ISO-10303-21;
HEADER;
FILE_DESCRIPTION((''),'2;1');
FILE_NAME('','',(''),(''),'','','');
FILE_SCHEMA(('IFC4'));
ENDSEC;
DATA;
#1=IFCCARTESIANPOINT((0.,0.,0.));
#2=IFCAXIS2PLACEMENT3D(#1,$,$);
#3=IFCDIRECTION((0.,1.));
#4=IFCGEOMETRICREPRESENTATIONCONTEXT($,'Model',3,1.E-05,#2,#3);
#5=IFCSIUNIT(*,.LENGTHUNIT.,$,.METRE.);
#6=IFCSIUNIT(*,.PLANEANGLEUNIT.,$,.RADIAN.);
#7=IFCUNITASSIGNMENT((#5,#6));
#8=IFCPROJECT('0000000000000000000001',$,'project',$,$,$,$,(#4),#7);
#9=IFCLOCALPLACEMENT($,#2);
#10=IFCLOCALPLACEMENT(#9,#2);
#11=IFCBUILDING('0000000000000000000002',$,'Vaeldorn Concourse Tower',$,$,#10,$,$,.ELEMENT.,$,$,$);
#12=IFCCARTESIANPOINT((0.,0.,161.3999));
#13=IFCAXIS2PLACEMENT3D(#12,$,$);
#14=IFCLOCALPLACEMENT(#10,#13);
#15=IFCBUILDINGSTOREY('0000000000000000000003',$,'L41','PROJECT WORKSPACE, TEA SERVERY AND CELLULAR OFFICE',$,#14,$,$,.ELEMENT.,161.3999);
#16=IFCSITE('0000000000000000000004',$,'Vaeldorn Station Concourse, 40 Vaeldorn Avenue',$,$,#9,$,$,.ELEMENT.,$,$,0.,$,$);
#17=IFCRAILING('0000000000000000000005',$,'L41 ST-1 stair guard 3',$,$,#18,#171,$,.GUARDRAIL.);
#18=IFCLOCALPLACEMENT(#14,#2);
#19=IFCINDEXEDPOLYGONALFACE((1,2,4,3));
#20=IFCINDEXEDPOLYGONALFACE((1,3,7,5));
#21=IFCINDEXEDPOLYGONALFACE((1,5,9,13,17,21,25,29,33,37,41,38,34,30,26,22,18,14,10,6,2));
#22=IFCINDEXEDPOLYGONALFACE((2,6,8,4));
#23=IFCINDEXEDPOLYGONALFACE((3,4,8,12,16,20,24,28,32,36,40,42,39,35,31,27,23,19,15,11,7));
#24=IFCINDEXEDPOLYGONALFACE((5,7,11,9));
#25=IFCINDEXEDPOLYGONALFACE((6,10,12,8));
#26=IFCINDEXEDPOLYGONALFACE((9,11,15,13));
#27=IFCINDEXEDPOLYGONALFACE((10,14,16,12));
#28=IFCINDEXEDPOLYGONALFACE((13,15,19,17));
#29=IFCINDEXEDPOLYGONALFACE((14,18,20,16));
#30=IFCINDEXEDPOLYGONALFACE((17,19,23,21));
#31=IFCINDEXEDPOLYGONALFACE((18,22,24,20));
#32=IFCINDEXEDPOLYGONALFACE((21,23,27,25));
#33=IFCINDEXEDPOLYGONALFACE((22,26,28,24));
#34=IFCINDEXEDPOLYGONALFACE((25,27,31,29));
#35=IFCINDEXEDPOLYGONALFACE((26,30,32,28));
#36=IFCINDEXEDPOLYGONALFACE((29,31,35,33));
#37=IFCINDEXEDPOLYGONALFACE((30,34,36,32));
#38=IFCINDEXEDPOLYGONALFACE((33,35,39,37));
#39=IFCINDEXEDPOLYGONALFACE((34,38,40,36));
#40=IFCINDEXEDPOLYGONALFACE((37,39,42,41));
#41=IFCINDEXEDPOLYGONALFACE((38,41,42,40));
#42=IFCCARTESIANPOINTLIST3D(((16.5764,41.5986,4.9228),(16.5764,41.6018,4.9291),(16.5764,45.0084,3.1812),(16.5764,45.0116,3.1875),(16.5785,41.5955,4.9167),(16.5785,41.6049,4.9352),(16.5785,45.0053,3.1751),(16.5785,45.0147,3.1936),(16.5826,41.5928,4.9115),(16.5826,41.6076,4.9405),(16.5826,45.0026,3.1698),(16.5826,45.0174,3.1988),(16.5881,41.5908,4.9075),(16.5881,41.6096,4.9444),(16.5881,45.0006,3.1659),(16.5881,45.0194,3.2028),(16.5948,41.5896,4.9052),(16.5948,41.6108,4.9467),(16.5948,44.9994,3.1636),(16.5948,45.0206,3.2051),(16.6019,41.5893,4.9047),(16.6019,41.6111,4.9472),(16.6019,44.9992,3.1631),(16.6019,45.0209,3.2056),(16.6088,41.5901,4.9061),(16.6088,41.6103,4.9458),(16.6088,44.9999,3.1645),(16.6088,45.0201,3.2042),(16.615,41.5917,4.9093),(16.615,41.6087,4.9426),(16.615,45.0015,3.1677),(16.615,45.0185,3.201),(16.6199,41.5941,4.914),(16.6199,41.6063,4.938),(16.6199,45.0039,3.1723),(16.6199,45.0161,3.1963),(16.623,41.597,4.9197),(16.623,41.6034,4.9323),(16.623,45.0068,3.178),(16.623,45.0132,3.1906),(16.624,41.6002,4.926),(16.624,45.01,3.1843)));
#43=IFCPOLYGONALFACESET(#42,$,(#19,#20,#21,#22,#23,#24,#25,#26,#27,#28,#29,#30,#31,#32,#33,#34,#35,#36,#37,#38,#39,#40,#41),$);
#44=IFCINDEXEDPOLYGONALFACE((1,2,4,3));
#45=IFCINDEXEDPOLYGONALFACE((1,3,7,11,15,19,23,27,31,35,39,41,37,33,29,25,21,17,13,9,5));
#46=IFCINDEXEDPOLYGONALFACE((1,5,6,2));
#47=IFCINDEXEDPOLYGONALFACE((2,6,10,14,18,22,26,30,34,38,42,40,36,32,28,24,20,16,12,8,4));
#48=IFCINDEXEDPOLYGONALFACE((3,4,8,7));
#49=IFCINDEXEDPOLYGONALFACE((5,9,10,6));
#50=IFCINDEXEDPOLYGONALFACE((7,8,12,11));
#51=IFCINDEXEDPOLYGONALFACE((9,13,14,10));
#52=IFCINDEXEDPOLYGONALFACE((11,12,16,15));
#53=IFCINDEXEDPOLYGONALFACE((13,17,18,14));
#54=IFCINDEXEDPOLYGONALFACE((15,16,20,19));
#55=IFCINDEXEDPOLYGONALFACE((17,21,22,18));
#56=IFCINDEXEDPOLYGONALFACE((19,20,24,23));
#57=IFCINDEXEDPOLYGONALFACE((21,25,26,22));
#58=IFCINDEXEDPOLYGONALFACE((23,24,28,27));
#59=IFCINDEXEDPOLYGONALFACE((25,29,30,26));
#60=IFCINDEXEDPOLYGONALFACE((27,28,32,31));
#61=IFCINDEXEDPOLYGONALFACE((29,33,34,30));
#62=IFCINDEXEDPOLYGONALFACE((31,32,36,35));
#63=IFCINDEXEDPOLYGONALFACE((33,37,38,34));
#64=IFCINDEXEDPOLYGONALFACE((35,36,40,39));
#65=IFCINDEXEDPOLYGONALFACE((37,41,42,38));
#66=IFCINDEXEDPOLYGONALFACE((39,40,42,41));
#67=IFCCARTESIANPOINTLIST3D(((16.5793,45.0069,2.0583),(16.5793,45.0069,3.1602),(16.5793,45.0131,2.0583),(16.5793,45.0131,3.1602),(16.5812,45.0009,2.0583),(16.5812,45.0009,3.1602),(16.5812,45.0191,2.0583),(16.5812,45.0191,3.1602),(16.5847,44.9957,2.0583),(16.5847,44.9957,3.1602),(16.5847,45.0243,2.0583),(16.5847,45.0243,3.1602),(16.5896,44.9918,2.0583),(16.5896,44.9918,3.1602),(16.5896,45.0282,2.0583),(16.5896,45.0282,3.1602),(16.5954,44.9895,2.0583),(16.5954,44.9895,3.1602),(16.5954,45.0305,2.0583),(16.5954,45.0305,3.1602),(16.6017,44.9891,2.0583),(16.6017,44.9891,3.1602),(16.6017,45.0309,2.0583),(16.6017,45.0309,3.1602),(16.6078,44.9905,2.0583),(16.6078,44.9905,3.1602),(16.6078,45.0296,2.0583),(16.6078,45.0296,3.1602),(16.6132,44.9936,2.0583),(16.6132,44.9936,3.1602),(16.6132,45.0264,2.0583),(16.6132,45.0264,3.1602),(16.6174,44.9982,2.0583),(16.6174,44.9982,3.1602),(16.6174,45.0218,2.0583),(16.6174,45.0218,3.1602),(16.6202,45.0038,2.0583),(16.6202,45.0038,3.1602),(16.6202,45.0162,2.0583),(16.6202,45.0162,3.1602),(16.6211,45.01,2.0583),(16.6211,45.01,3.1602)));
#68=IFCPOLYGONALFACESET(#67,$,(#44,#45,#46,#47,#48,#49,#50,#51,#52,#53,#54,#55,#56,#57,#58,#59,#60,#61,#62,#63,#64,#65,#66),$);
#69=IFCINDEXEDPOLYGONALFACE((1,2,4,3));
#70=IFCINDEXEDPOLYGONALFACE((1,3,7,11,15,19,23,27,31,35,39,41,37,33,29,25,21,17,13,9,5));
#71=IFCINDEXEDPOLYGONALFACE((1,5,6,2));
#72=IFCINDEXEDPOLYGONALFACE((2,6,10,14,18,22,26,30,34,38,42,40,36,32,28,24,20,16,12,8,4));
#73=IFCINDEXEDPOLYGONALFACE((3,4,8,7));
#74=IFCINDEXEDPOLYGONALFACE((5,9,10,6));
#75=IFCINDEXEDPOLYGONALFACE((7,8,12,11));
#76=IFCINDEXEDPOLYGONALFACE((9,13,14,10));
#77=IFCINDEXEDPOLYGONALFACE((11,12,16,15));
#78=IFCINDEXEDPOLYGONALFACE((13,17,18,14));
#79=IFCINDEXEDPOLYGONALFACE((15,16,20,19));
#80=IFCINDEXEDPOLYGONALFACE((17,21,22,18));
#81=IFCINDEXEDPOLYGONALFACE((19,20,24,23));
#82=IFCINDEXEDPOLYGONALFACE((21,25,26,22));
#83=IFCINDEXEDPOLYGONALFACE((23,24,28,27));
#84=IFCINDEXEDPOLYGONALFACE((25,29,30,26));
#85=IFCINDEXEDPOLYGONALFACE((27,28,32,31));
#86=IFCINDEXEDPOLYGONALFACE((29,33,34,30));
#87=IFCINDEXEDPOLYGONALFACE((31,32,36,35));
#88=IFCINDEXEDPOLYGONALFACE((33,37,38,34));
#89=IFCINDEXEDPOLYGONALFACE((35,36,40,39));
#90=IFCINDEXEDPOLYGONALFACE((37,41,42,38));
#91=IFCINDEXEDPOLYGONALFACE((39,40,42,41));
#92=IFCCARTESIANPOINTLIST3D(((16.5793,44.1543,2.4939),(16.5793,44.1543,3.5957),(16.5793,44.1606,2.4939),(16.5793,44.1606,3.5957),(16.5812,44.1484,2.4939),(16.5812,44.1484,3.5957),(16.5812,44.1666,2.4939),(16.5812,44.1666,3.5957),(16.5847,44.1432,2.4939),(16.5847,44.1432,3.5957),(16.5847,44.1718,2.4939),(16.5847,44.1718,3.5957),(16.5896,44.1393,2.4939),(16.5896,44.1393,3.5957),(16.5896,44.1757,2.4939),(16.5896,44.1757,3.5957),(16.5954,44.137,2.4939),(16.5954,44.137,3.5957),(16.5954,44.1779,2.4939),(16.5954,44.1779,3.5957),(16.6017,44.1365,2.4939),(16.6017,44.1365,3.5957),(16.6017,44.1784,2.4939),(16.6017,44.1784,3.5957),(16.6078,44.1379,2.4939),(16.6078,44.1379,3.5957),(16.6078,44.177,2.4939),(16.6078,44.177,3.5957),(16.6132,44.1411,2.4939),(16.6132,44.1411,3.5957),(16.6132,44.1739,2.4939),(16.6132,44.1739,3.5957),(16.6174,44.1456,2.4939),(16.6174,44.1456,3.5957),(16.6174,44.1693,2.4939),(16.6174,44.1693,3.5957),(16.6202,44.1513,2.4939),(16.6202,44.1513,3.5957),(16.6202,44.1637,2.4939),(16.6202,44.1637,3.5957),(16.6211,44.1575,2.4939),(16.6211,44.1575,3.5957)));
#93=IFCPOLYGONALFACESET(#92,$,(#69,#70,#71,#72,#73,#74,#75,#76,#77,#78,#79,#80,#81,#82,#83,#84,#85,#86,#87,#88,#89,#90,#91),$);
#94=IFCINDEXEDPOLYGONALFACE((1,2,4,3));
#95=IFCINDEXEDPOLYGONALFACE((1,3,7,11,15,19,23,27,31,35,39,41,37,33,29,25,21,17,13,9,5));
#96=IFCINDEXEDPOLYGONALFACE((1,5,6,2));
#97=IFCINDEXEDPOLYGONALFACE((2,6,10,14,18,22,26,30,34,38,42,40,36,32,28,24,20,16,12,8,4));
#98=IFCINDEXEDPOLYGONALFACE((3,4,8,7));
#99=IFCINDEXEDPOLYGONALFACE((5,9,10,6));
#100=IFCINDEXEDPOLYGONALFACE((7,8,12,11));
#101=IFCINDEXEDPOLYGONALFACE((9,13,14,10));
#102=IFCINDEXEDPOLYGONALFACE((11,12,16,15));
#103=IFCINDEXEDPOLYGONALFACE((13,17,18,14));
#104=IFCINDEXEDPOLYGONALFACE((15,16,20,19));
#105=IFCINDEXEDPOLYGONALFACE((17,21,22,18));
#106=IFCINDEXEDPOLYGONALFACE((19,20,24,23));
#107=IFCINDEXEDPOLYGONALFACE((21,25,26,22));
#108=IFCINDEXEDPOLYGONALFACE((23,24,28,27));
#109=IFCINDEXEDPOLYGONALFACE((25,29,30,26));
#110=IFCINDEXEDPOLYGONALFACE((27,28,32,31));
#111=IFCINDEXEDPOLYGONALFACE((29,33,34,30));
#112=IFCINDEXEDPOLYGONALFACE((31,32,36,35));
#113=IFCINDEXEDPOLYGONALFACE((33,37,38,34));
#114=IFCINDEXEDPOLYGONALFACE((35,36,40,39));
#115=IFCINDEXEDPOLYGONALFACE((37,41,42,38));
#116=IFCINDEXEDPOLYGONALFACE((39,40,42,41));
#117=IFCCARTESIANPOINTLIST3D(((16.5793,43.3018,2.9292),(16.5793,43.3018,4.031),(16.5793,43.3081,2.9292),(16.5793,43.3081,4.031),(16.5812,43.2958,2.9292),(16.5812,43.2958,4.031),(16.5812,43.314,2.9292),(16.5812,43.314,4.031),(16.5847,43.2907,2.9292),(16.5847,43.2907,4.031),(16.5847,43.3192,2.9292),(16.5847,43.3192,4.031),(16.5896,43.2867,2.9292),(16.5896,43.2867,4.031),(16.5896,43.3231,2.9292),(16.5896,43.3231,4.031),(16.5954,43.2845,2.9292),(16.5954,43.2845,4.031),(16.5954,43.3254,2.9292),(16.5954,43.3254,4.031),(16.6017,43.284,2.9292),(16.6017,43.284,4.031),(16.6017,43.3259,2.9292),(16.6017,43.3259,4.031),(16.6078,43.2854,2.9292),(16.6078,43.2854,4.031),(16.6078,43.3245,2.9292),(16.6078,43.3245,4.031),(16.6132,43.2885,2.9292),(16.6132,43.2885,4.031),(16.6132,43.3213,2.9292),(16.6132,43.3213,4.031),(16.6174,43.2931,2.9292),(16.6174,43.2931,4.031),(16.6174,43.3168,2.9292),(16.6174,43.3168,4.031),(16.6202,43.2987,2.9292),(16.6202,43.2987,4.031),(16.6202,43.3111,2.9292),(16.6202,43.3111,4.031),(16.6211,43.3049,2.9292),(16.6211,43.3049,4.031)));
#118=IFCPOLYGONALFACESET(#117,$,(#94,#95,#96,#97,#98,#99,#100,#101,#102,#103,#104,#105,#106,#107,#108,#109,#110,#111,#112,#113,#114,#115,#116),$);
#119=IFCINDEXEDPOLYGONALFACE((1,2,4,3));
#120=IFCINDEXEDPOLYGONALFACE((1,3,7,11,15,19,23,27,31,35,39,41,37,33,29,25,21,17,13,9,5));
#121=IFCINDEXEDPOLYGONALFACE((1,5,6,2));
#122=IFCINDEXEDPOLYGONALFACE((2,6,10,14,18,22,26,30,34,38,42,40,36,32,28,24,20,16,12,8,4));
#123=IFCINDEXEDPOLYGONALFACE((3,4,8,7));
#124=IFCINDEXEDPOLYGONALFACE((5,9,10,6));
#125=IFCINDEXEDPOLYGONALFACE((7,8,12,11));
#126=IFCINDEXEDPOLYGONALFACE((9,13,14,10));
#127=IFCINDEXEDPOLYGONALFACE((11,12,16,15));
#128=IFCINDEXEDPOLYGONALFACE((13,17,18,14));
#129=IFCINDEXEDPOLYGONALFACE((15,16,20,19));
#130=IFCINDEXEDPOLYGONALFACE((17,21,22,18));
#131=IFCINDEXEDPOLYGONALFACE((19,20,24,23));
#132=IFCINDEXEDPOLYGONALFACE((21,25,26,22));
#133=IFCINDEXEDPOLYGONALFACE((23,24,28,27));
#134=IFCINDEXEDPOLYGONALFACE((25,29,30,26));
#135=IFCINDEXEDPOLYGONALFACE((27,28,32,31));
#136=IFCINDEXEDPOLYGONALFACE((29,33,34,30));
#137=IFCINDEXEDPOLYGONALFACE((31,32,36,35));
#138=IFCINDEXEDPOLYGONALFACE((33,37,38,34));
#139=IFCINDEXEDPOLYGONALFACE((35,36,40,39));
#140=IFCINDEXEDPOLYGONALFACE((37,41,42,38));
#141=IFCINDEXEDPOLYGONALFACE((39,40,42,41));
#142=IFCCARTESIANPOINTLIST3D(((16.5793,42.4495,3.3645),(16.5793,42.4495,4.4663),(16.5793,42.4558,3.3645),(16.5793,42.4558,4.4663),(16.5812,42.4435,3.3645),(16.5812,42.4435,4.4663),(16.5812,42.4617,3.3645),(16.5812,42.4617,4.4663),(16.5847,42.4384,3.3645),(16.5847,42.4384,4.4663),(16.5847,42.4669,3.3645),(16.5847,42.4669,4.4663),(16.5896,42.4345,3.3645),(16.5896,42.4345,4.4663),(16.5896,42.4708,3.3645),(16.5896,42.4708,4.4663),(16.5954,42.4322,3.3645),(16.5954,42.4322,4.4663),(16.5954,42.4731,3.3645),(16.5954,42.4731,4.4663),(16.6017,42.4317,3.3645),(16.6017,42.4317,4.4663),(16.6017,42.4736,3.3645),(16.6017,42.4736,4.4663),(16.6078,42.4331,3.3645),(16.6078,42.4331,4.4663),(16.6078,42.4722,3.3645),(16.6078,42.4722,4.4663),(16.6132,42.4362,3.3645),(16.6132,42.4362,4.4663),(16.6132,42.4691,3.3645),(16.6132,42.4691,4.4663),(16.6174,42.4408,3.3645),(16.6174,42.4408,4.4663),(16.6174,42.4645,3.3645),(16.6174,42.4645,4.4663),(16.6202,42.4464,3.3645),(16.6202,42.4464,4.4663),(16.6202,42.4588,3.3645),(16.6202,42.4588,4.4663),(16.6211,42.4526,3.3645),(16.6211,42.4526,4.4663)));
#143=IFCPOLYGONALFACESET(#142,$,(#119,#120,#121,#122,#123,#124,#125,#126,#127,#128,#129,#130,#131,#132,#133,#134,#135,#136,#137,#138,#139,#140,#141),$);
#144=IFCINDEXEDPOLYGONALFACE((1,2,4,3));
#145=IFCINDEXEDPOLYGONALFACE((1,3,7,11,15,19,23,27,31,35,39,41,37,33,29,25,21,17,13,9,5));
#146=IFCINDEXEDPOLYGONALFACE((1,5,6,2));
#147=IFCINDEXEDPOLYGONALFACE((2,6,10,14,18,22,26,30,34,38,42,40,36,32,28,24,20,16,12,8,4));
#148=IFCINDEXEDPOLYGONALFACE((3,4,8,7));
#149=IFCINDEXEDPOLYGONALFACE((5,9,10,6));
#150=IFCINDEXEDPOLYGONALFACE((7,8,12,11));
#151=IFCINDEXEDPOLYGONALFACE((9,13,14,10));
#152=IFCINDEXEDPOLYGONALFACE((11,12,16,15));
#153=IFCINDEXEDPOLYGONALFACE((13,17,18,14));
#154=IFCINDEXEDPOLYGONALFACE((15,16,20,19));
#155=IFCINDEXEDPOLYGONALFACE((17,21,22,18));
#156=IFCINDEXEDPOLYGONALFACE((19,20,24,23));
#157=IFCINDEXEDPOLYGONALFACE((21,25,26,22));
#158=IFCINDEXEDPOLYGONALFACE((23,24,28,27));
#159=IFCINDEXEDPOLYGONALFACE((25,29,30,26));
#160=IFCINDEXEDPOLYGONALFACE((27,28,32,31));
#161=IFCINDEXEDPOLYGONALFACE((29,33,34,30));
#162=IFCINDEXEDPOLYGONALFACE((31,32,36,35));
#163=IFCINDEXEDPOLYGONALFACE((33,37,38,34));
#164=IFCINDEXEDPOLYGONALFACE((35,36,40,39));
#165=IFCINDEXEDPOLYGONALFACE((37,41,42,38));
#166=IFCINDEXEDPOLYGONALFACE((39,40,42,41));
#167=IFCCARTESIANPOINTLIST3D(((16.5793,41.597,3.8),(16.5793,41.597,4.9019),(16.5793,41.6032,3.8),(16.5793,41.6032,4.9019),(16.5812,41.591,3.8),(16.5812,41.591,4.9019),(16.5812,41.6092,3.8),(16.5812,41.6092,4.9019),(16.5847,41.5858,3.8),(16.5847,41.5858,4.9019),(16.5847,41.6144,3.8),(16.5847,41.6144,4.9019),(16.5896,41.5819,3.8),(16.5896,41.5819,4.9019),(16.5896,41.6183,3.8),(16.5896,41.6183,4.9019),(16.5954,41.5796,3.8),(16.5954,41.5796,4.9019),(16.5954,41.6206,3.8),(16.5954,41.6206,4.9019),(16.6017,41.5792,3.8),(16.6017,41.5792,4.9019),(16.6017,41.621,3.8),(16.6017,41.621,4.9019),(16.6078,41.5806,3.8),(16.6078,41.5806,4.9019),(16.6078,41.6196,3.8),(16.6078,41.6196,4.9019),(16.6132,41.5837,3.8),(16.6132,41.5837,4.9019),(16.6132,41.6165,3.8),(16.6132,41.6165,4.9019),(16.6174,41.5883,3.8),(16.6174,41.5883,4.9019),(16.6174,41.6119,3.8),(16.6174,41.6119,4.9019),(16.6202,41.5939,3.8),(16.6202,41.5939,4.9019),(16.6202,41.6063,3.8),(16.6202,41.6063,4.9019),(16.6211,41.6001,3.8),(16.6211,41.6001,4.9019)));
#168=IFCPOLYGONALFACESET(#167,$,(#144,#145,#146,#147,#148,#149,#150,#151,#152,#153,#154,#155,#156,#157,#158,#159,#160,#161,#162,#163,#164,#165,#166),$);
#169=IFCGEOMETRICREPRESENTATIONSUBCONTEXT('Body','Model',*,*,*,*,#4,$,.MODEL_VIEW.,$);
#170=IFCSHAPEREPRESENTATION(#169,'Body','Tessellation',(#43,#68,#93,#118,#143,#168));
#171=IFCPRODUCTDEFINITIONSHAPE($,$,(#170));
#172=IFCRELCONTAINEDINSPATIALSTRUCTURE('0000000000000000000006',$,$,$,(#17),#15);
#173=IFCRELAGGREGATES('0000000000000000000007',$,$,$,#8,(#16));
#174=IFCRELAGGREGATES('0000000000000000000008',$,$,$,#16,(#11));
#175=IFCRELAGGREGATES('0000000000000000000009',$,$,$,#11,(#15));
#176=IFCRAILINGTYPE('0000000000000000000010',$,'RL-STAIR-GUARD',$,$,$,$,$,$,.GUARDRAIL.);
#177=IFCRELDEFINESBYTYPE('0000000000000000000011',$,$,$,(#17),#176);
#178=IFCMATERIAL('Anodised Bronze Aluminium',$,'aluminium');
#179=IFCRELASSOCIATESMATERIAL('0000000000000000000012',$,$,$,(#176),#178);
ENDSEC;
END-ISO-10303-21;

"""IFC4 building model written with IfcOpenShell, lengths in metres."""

from ifc_helpers import new_model, si_unit, direction, frame, origin, origin_2d, place, context, subcontext, project, spatial, circle, extrude, material, type_object, element, save


model = new_model("IFC4")

# Units and contexts
model_context = context("Model", 3, precision=1e-05, world=origin(), true_north=direction((0.0, 1.0)))
body_context = subcontext(model_context, "Body", "Model", "MODEL_VIEW")
ifc_project = project(units=[si_unit("LENGTHUNIT", "METRE"), si_unit("PLANEANGLEUNIT", "RADIAN")], contexts=[model_context])

# Site, building, storey
site_placement = place(None, origin())
site = spatial("IfcSite", under=ifc_project, at=site_placement, Name="Vaeldorn Station Concourse, 40 Vaeldorn Avenue", CompositionType="ELEMENT", RefElevation=0.0)
building_placement = place(site_placement, origin())
building = spatial("IfcBuilding", under=site, at=building_placement, Name="Vaeldorn Concourse Tower", CompositionType="ELEMENT")
storey_placement = place(building_placement, frame((0.0, 0.0, 161.3999)))
storey = spatial("IfcBuildingStorey", under=building, at=storey_placement, Name="L41", Description="PROJECT WORKSPACE, TEA SERVERY AND CELLULAR OFFICE", CompositionType="ELEMENT", Elevation=161.3999)

# Shared definitions
ifc_material_1 = material(Name="Anodised Bronze Aluminium", Category="aluminium")

# Railing
railing_type_1 = type_object("IfcRailingType", Name="RL-STAIR-GUARD", PredefinedType="GUARDRAIL", material=ifc_material_1)
railing_1_placement = place(storey_placement, frame((16.6001, 45.01, 2.0583)))
element("IfcRailing", 1, at=railing_1_placement, inside=storey, type_object=railing_type_1, Name="L41 ST-1 stair guard 3", PredefinedType="GUARDRAIL", context=body_context, shape_type="SweptSolid", body=[
    extrude(circle(Radius=0.0239, at=origin_2d()), frame((0.0, 0.0, 1.126), z_axis=(0.0, -0.890556, 0.454874), x_axis=(1.0, 0.0, 0.0)), (0.0, 0.0, 1.0), 3.8289),
    extrude(circle(Radius=0.021, at=origin_2d()), origin(), (0.0, 0.0, 1.0), 1.1018),
    extrude(circle(Radius=0.021, at=origin_2d()), frame((0.0, -0.8525, 0.4355)), (0.0, 0.0, 1.0), 1.1018),
    extrude(circle(Radius=0.021, at=origin_2d()), frame((0.0, -1.7051, 0.8708)), (0.0, 0.0, 1.0), 1.1018),
    extrude(circle(Radius=0.021, at=origin_2d()), frame((0.0, -2.5574, 1.3062)), (0.0, 0.0, 1.0), 1.1018),
    extrude(circle(Radius=0.021, at=origin_2d()), frame((0.0, -3.4099, 1.7417)), (0.0, 0.0, 1.0), 1.1018),
])

save(model, "model.ifc")
